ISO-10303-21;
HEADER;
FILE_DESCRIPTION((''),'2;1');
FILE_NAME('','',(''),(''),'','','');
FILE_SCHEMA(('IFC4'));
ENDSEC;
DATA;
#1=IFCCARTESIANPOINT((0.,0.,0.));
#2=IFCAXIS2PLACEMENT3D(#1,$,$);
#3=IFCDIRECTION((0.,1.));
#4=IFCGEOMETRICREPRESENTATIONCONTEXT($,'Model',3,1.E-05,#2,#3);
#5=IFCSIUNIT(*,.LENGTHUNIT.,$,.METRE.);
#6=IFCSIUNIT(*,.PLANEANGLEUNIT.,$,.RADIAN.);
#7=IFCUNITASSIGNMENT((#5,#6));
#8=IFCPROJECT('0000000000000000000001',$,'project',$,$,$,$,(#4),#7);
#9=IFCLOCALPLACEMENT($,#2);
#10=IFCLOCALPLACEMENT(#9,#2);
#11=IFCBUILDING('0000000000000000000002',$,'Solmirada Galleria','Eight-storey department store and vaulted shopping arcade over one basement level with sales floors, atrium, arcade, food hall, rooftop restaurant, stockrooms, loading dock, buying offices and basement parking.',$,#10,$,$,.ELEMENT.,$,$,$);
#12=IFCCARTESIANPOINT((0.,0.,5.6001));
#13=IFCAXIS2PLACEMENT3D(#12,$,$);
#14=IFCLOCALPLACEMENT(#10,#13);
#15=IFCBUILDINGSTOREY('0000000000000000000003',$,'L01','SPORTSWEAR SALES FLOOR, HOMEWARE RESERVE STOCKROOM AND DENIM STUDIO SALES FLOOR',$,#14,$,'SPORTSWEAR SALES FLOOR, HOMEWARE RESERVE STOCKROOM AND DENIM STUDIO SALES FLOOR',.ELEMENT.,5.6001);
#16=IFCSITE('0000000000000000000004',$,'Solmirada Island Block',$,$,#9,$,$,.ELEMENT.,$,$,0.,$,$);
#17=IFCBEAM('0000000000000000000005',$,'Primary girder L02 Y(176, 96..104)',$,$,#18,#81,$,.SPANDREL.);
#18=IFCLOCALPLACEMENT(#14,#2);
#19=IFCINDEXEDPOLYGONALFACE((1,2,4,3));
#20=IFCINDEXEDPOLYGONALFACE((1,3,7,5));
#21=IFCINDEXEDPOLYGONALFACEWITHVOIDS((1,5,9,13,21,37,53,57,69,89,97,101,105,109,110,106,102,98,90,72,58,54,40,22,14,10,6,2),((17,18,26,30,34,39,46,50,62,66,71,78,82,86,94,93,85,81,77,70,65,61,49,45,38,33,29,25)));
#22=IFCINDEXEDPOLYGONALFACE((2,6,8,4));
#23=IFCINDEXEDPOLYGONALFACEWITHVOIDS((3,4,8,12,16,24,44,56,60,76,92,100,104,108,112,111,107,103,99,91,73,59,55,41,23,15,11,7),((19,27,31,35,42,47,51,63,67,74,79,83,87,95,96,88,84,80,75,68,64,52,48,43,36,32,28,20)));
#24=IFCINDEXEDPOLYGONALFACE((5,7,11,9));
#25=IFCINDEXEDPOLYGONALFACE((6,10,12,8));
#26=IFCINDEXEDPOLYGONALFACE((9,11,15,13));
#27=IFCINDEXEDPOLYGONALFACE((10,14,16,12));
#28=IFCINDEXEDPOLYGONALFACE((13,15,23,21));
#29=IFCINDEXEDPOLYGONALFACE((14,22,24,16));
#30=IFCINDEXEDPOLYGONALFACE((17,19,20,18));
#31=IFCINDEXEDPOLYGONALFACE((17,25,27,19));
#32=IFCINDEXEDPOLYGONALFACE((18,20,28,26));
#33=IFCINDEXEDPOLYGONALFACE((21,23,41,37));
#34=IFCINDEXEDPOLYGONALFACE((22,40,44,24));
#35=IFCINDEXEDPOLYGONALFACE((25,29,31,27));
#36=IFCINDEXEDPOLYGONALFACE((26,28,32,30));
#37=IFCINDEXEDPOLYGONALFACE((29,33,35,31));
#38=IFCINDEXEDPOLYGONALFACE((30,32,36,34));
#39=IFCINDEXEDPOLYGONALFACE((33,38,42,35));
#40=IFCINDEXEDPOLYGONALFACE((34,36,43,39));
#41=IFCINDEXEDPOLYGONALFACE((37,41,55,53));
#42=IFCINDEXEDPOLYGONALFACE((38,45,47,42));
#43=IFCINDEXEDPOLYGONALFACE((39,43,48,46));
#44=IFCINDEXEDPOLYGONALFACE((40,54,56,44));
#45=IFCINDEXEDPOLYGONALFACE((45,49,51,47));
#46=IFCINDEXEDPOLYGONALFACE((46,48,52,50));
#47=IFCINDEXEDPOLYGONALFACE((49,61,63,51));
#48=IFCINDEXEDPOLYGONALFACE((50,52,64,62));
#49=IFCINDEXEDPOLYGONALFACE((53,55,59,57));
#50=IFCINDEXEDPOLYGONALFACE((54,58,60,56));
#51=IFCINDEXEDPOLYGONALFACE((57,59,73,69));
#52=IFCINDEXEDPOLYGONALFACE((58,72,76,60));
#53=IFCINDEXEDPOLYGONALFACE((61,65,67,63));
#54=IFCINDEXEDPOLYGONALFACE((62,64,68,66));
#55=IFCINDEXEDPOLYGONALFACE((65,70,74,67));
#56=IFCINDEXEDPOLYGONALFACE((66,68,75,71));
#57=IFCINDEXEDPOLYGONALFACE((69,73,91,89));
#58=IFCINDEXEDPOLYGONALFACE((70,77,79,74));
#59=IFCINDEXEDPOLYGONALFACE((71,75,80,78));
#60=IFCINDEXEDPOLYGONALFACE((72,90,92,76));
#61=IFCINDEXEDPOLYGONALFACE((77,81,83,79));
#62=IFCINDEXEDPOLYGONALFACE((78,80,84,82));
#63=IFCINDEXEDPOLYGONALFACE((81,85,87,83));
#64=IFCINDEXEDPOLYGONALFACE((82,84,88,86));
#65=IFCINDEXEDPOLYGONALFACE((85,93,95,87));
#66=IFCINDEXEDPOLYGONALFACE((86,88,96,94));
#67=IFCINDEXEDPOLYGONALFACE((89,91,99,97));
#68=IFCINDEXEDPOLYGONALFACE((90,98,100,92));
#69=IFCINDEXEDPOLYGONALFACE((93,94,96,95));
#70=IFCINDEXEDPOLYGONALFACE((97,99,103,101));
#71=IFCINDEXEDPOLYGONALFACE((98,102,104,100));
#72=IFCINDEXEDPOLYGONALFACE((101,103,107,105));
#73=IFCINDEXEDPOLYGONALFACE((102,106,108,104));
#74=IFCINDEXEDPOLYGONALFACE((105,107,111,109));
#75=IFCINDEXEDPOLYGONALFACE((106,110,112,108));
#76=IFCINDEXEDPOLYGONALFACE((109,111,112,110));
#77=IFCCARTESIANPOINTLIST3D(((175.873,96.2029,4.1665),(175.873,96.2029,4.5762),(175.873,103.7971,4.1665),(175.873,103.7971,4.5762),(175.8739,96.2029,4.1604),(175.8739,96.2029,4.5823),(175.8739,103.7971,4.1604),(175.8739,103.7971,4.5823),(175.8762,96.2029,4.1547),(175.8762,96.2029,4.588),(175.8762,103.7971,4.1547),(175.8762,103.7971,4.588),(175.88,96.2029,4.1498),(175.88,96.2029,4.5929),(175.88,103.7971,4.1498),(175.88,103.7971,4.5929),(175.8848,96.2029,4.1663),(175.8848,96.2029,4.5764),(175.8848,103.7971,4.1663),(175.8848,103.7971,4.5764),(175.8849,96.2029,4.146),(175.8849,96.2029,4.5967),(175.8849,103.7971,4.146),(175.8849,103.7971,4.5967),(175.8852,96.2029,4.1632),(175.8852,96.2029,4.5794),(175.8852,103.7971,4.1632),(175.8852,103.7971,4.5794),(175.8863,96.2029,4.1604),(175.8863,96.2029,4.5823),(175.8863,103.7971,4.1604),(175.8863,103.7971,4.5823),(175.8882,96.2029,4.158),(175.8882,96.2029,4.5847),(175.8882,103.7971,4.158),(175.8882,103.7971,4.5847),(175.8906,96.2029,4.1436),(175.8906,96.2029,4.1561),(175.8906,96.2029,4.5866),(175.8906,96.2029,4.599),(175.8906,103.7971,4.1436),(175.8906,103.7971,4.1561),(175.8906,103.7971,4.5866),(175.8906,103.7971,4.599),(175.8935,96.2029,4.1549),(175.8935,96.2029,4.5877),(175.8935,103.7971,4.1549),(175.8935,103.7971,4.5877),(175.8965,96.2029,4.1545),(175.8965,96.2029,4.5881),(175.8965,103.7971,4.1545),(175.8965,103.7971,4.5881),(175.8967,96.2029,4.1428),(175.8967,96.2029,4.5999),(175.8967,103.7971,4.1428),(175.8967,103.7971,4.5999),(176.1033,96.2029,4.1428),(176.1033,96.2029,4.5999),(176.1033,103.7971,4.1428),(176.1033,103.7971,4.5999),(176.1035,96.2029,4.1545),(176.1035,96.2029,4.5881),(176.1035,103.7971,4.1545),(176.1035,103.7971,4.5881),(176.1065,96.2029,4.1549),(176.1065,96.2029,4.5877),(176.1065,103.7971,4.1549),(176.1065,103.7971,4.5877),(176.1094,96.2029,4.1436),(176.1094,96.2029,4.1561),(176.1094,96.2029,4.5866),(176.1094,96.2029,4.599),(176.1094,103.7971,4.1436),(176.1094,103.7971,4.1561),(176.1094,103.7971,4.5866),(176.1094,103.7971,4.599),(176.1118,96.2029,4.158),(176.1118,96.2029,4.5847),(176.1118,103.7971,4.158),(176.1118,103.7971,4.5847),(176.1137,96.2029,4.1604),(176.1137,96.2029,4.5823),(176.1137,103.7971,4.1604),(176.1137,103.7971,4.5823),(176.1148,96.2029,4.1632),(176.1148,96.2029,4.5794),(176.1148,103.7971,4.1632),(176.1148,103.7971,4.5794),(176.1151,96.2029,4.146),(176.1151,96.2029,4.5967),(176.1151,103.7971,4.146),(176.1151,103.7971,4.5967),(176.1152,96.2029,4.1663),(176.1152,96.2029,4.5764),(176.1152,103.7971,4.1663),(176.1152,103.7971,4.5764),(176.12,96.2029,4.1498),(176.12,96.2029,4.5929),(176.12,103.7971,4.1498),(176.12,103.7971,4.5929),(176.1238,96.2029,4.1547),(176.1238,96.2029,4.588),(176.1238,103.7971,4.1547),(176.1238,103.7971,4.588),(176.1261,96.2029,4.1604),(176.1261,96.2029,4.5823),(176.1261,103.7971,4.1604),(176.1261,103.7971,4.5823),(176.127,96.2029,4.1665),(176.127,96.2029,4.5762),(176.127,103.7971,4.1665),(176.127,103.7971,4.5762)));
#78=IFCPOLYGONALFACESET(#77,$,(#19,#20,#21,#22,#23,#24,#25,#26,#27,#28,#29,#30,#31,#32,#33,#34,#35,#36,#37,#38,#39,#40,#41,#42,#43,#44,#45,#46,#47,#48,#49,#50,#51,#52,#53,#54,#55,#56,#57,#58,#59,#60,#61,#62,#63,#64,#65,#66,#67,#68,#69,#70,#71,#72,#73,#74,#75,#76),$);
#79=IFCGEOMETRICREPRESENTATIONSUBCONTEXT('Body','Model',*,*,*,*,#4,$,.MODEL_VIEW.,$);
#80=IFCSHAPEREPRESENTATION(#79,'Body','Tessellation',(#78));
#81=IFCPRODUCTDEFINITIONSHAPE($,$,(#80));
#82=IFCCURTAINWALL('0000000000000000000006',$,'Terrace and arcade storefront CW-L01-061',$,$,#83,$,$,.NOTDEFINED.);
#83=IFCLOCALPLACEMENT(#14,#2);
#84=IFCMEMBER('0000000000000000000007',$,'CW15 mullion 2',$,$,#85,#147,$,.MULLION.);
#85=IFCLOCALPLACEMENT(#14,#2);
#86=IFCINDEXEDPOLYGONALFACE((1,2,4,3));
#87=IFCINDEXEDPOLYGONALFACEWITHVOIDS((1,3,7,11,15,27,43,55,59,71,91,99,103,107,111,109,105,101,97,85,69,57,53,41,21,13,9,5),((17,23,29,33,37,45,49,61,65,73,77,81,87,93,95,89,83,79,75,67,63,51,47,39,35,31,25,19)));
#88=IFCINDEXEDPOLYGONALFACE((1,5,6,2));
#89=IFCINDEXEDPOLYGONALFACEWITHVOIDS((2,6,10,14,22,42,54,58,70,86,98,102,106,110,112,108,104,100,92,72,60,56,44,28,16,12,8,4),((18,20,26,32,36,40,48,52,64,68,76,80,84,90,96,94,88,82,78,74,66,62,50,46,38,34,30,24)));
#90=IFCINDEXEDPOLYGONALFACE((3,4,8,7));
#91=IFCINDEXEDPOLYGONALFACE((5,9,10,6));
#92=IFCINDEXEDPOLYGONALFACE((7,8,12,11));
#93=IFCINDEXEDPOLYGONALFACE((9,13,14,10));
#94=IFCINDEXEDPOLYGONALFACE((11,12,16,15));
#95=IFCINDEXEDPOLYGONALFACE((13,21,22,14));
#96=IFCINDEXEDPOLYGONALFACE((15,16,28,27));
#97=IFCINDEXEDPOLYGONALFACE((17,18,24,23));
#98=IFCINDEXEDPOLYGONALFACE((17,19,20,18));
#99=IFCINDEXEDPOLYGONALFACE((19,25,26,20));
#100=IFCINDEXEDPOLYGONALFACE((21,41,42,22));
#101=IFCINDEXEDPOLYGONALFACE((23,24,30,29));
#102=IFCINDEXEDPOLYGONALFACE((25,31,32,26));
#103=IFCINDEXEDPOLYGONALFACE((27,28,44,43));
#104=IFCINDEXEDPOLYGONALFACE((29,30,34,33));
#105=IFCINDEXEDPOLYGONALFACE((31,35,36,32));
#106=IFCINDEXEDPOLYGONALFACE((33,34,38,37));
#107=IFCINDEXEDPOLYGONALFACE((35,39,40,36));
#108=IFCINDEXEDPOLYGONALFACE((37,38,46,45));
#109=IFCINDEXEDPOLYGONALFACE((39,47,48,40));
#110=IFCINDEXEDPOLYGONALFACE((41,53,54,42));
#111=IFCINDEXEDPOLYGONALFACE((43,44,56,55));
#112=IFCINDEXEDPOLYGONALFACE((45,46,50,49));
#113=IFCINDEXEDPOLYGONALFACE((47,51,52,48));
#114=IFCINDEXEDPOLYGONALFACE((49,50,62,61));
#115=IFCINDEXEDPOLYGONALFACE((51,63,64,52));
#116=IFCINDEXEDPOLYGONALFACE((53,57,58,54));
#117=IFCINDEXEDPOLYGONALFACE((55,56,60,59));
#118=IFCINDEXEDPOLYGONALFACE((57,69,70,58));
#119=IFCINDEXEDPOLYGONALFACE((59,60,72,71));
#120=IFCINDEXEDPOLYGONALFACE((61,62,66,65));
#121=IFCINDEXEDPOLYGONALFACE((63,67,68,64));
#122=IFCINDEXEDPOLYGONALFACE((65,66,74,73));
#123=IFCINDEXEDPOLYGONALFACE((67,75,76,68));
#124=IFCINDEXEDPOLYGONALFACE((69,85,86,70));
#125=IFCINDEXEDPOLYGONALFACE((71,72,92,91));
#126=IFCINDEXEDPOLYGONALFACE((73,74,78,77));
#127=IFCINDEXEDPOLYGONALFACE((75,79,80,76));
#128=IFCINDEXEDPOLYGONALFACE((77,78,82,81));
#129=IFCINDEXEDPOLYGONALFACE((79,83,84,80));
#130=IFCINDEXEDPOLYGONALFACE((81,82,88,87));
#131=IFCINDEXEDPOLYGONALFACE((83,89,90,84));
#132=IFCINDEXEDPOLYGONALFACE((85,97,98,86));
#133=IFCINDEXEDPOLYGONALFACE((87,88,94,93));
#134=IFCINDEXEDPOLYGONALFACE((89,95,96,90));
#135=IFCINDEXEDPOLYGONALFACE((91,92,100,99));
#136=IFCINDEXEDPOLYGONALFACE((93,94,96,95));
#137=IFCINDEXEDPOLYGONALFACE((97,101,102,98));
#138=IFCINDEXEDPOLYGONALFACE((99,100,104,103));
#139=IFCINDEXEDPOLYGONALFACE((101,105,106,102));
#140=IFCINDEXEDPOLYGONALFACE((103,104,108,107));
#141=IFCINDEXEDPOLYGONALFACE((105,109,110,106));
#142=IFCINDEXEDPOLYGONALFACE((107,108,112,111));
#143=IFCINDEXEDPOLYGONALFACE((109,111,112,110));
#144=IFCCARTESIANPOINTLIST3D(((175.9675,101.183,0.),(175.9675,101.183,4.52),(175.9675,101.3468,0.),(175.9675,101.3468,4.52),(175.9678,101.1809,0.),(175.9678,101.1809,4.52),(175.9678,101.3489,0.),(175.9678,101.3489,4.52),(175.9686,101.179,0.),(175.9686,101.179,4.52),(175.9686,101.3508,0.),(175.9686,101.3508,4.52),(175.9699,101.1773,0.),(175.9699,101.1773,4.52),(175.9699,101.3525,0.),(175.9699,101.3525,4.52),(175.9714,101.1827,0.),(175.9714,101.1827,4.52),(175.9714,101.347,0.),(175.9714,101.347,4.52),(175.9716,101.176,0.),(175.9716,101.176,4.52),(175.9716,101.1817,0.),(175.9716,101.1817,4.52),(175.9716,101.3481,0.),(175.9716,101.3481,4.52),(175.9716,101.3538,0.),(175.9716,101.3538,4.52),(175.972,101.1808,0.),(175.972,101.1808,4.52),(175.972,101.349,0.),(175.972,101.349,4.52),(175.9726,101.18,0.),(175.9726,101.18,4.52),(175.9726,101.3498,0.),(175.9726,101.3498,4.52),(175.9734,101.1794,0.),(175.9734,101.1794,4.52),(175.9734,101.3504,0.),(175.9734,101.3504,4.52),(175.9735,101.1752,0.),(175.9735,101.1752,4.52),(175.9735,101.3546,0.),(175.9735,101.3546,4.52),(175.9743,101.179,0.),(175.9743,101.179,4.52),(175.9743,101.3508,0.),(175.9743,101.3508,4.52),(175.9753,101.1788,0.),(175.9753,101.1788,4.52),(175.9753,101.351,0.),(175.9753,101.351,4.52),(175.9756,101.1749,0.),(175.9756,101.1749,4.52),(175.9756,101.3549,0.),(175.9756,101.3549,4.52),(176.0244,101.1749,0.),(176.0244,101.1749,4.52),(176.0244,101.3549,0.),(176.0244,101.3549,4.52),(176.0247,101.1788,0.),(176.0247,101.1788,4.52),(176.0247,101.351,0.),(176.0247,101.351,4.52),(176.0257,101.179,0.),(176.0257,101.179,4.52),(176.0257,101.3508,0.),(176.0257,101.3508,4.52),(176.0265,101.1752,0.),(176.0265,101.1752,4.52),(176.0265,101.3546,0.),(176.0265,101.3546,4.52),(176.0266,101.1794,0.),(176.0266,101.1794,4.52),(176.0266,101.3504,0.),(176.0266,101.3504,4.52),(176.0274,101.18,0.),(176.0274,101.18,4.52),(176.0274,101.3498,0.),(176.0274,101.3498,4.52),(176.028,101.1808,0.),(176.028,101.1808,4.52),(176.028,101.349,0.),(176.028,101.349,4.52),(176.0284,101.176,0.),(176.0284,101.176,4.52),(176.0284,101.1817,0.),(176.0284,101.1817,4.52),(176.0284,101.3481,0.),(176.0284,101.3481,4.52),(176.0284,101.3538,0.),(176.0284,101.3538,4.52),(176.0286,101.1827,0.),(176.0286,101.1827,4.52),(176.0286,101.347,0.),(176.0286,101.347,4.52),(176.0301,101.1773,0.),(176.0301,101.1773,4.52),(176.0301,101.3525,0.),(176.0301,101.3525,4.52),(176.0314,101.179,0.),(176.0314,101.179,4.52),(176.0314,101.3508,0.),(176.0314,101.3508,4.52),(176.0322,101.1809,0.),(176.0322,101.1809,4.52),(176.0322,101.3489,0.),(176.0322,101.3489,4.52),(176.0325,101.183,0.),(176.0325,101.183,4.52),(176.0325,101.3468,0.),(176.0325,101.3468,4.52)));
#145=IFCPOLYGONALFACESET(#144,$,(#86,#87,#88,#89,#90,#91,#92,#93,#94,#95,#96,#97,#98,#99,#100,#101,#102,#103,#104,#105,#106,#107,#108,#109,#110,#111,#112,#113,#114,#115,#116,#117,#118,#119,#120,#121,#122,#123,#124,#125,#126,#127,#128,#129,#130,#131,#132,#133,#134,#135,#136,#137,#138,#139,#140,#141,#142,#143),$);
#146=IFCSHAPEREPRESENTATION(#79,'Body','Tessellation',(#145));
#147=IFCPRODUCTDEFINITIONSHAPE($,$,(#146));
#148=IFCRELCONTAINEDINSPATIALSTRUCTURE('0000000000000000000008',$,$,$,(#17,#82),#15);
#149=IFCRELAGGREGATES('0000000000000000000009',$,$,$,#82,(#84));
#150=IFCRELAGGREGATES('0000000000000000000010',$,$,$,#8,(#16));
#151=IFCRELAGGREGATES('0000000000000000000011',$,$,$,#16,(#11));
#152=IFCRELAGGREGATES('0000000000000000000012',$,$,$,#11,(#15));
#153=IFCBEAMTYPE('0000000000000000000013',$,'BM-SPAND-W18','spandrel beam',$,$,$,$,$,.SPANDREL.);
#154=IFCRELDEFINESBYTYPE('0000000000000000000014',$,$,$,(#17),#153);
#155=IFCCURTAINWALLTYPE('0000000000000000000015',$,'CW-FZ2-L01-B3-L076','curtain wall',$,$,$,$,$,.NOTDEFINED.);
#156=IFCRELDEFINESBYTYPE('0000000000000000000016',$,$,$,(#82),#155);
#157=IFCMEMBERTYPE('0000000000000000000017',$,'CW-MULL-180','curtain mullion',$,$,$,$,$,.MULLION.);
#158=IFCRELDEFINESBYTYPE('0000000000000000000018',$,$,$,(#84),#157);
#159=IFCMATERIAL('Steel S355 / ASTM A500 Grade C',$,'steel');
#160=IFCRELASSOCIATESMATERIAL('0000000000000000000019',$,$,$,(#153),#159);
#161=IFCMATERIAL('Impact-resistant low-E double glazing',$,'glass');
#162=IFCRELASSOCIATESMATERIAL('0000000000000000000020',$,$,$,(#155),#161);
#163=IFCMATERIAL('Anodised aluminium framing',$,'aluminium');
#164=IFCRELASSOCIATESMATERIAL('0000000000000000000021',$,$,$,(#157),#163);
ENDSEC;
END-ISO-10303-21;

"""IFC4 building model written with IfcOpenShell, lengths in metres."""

from ifc_helpers import new_model, si_unit, direction, frame, origin, origin_2d, place, context, subcontext, project, spatial, hollow_rectangle, extrude, material, material_profile, profile_set, type_object, element, aggregate, save


model = new_model("IFC4")

# Units and contexts
model_context = context("Model", 3, precision=1e-05, world=origin(), true_north=direction((0.0, 1.0)))
body_context = subcontext(model_context, "Body", "Model", "MODEL_VIEW")
ifc_project = project(units=[si_unit("LENGTHUNIT", "METRE"), si_unit("PLANEANGLEUNIT", "RADIAN")], contexts=[model_context])

# Site, building, storey
site_placement = place(None, origin())
site = spatial("IfcSite", under=ifc_project, at=site_placement, Name="Solmirada Island Block", CompositionType="ELEMENT", RefElevation=0.0)
building_placement = place(site_placement, origin())
building = spatial("IfcBuilding", under=site, at=building_placement, Name="Solmirada Galleria", Description="Eight-storey department store and vaulted shopping arcade over one basement level with sales floors, atrium, arcade, food hall, rooftop restaurant, stockrooms, loading dock, buying offices and basement parking.", CompositionType="ELEMENT")
storey_placement = place(building_placement, frame((0.0, 0.0, 5.6001)))
storey = spatial("IfcBuildingStorey", under=building, at=storey_placement, Name="L01", Description="SPORTSWEAR SALES FLOOR, HOMEWARE RESERVE STOCKROOM AND DENIM STUDIO SALES FLOOR", LongName="SPORTSWEAR SALES FLOOR, HOMEWARE RESERVE STOCKROOM AND DENIM STUDIO SALES FLOOR", CompositionType="ELEMENT", Elevation=5.6001)

# Shared definitions
ifc_material_1 = material(Name="Steel S355 / ASTM A500 Grade C", Category="steel")

# Beam
ifc_material_profile_1 = material_profile(ifc_material_1, hollow_rectangle(XDim=0.2539, YDim=0.457, WallThickness=0.0117, InnerFilletRadius=0.0117, OuterFilletRadius=0.0237, at=origin_2d()), Name="HSS18X10X1/2")
ifc_profile_set_1 = profile_set([ifc_material_profile_1], Name="Steel S355 / ASTM A500 Grade C")
beam_type_1 = type_object("IfcBeamType", Name="BM-SPAND-W18", Description="spandrel beam", PredefinedType="SPANDREL", material=ifc_profile_set_1)
beam_1_placement = place(storey_placement, frame((176.0, 96.2029, 4.3713), z_axis=(0.0, 1.0, 0.0), x_axis=(-1.0, 0.0, 0.0)))
element("IfcBeam", 1, at=beam_1_placement, inside=storey, type_object=beam_type_1, Name="Primary girder L02 Y(176, 96..104)", PredefinedType="SPANDREL", context=body_context, shape_type="SweptSolid", body=[
    extrude(hollow_rectangle(XDim=0.2539, YDim=0.457, WallThickness=0.0117, InnerFilletRadius=0.0117, OuterFilletRadius=0.0237, at=origin_2d()), origin(), (0.0, 0.0, 1.0), 7.5942),
])

# Curtain wall, member
ifc_material_2 = material(Name="Impact-resistant low-E double glazing", Category="glass")
curtain_wall_type = type_object("IfcCurtainWallType", Name="CW-FZ2-L01-B3-L076", Description="curtain wall", PredefinedType="NOTDEFINED", material=ifc_material_2)
curtain_wall_placement = place(storey_placement, origin())
curtain_wall = element("IfcCurtainWall", 2, at=curtain_wall_placement, inside=storey, type_object=curtain_wall_type, Name="Terrace and arcade storefront CW-L01-061", PredefinedType="NOTDEFINED")
ifc_material_3 = material(Name="Anodised aluminium framing", Category="aluminium")
ifc_material_profile_2 = material_profile(ifc_material_3, hollow_rectangle(XDim=0.0649, YDim=0.1799, WallThickness=0.0039, InnerFilletRadius=0.0039, OuterFilletRadius=0.0081, at=origin_2d()), Name="ALU-MULL-180X65")
ifc_profile_set_2 = profile_set([ifc_material_profile_2], Name="Anodised aluminium framing")
member_type_1 = type_object("IfcMemberType", Name="CW-MULL-180", Description="curtain mullion", PredefinedType="MULLION", material=ifc_profile_set_2)
member_1_placement = place(storey_placement, frame((176.0, 101.2649, 0.0), z_axis=(0.0, 0.0, 1.0), x_axis=(1.0, 0.0, 0.0)))
member_1 = element("IfcMember", 3, at=member_1_placement, type_object=member_type_1, Name="CW15 mullion 2", PredefinedType="MULLION", context=body_context, shape_type="SweptSolid", body=[
    extrude(hollow_rectangle(XDim=0.0649, YDim=0.1799, WallThickness=0.0039, InnerFilletRadius=0.0039, OuterFilletRadius=0.0081, at=origin_2d()), origin(), (0.0, 0.0, 1.0), 4.52),
])
aggregate(curtain_wall, [member_1])

save(model, "model.ifc")
